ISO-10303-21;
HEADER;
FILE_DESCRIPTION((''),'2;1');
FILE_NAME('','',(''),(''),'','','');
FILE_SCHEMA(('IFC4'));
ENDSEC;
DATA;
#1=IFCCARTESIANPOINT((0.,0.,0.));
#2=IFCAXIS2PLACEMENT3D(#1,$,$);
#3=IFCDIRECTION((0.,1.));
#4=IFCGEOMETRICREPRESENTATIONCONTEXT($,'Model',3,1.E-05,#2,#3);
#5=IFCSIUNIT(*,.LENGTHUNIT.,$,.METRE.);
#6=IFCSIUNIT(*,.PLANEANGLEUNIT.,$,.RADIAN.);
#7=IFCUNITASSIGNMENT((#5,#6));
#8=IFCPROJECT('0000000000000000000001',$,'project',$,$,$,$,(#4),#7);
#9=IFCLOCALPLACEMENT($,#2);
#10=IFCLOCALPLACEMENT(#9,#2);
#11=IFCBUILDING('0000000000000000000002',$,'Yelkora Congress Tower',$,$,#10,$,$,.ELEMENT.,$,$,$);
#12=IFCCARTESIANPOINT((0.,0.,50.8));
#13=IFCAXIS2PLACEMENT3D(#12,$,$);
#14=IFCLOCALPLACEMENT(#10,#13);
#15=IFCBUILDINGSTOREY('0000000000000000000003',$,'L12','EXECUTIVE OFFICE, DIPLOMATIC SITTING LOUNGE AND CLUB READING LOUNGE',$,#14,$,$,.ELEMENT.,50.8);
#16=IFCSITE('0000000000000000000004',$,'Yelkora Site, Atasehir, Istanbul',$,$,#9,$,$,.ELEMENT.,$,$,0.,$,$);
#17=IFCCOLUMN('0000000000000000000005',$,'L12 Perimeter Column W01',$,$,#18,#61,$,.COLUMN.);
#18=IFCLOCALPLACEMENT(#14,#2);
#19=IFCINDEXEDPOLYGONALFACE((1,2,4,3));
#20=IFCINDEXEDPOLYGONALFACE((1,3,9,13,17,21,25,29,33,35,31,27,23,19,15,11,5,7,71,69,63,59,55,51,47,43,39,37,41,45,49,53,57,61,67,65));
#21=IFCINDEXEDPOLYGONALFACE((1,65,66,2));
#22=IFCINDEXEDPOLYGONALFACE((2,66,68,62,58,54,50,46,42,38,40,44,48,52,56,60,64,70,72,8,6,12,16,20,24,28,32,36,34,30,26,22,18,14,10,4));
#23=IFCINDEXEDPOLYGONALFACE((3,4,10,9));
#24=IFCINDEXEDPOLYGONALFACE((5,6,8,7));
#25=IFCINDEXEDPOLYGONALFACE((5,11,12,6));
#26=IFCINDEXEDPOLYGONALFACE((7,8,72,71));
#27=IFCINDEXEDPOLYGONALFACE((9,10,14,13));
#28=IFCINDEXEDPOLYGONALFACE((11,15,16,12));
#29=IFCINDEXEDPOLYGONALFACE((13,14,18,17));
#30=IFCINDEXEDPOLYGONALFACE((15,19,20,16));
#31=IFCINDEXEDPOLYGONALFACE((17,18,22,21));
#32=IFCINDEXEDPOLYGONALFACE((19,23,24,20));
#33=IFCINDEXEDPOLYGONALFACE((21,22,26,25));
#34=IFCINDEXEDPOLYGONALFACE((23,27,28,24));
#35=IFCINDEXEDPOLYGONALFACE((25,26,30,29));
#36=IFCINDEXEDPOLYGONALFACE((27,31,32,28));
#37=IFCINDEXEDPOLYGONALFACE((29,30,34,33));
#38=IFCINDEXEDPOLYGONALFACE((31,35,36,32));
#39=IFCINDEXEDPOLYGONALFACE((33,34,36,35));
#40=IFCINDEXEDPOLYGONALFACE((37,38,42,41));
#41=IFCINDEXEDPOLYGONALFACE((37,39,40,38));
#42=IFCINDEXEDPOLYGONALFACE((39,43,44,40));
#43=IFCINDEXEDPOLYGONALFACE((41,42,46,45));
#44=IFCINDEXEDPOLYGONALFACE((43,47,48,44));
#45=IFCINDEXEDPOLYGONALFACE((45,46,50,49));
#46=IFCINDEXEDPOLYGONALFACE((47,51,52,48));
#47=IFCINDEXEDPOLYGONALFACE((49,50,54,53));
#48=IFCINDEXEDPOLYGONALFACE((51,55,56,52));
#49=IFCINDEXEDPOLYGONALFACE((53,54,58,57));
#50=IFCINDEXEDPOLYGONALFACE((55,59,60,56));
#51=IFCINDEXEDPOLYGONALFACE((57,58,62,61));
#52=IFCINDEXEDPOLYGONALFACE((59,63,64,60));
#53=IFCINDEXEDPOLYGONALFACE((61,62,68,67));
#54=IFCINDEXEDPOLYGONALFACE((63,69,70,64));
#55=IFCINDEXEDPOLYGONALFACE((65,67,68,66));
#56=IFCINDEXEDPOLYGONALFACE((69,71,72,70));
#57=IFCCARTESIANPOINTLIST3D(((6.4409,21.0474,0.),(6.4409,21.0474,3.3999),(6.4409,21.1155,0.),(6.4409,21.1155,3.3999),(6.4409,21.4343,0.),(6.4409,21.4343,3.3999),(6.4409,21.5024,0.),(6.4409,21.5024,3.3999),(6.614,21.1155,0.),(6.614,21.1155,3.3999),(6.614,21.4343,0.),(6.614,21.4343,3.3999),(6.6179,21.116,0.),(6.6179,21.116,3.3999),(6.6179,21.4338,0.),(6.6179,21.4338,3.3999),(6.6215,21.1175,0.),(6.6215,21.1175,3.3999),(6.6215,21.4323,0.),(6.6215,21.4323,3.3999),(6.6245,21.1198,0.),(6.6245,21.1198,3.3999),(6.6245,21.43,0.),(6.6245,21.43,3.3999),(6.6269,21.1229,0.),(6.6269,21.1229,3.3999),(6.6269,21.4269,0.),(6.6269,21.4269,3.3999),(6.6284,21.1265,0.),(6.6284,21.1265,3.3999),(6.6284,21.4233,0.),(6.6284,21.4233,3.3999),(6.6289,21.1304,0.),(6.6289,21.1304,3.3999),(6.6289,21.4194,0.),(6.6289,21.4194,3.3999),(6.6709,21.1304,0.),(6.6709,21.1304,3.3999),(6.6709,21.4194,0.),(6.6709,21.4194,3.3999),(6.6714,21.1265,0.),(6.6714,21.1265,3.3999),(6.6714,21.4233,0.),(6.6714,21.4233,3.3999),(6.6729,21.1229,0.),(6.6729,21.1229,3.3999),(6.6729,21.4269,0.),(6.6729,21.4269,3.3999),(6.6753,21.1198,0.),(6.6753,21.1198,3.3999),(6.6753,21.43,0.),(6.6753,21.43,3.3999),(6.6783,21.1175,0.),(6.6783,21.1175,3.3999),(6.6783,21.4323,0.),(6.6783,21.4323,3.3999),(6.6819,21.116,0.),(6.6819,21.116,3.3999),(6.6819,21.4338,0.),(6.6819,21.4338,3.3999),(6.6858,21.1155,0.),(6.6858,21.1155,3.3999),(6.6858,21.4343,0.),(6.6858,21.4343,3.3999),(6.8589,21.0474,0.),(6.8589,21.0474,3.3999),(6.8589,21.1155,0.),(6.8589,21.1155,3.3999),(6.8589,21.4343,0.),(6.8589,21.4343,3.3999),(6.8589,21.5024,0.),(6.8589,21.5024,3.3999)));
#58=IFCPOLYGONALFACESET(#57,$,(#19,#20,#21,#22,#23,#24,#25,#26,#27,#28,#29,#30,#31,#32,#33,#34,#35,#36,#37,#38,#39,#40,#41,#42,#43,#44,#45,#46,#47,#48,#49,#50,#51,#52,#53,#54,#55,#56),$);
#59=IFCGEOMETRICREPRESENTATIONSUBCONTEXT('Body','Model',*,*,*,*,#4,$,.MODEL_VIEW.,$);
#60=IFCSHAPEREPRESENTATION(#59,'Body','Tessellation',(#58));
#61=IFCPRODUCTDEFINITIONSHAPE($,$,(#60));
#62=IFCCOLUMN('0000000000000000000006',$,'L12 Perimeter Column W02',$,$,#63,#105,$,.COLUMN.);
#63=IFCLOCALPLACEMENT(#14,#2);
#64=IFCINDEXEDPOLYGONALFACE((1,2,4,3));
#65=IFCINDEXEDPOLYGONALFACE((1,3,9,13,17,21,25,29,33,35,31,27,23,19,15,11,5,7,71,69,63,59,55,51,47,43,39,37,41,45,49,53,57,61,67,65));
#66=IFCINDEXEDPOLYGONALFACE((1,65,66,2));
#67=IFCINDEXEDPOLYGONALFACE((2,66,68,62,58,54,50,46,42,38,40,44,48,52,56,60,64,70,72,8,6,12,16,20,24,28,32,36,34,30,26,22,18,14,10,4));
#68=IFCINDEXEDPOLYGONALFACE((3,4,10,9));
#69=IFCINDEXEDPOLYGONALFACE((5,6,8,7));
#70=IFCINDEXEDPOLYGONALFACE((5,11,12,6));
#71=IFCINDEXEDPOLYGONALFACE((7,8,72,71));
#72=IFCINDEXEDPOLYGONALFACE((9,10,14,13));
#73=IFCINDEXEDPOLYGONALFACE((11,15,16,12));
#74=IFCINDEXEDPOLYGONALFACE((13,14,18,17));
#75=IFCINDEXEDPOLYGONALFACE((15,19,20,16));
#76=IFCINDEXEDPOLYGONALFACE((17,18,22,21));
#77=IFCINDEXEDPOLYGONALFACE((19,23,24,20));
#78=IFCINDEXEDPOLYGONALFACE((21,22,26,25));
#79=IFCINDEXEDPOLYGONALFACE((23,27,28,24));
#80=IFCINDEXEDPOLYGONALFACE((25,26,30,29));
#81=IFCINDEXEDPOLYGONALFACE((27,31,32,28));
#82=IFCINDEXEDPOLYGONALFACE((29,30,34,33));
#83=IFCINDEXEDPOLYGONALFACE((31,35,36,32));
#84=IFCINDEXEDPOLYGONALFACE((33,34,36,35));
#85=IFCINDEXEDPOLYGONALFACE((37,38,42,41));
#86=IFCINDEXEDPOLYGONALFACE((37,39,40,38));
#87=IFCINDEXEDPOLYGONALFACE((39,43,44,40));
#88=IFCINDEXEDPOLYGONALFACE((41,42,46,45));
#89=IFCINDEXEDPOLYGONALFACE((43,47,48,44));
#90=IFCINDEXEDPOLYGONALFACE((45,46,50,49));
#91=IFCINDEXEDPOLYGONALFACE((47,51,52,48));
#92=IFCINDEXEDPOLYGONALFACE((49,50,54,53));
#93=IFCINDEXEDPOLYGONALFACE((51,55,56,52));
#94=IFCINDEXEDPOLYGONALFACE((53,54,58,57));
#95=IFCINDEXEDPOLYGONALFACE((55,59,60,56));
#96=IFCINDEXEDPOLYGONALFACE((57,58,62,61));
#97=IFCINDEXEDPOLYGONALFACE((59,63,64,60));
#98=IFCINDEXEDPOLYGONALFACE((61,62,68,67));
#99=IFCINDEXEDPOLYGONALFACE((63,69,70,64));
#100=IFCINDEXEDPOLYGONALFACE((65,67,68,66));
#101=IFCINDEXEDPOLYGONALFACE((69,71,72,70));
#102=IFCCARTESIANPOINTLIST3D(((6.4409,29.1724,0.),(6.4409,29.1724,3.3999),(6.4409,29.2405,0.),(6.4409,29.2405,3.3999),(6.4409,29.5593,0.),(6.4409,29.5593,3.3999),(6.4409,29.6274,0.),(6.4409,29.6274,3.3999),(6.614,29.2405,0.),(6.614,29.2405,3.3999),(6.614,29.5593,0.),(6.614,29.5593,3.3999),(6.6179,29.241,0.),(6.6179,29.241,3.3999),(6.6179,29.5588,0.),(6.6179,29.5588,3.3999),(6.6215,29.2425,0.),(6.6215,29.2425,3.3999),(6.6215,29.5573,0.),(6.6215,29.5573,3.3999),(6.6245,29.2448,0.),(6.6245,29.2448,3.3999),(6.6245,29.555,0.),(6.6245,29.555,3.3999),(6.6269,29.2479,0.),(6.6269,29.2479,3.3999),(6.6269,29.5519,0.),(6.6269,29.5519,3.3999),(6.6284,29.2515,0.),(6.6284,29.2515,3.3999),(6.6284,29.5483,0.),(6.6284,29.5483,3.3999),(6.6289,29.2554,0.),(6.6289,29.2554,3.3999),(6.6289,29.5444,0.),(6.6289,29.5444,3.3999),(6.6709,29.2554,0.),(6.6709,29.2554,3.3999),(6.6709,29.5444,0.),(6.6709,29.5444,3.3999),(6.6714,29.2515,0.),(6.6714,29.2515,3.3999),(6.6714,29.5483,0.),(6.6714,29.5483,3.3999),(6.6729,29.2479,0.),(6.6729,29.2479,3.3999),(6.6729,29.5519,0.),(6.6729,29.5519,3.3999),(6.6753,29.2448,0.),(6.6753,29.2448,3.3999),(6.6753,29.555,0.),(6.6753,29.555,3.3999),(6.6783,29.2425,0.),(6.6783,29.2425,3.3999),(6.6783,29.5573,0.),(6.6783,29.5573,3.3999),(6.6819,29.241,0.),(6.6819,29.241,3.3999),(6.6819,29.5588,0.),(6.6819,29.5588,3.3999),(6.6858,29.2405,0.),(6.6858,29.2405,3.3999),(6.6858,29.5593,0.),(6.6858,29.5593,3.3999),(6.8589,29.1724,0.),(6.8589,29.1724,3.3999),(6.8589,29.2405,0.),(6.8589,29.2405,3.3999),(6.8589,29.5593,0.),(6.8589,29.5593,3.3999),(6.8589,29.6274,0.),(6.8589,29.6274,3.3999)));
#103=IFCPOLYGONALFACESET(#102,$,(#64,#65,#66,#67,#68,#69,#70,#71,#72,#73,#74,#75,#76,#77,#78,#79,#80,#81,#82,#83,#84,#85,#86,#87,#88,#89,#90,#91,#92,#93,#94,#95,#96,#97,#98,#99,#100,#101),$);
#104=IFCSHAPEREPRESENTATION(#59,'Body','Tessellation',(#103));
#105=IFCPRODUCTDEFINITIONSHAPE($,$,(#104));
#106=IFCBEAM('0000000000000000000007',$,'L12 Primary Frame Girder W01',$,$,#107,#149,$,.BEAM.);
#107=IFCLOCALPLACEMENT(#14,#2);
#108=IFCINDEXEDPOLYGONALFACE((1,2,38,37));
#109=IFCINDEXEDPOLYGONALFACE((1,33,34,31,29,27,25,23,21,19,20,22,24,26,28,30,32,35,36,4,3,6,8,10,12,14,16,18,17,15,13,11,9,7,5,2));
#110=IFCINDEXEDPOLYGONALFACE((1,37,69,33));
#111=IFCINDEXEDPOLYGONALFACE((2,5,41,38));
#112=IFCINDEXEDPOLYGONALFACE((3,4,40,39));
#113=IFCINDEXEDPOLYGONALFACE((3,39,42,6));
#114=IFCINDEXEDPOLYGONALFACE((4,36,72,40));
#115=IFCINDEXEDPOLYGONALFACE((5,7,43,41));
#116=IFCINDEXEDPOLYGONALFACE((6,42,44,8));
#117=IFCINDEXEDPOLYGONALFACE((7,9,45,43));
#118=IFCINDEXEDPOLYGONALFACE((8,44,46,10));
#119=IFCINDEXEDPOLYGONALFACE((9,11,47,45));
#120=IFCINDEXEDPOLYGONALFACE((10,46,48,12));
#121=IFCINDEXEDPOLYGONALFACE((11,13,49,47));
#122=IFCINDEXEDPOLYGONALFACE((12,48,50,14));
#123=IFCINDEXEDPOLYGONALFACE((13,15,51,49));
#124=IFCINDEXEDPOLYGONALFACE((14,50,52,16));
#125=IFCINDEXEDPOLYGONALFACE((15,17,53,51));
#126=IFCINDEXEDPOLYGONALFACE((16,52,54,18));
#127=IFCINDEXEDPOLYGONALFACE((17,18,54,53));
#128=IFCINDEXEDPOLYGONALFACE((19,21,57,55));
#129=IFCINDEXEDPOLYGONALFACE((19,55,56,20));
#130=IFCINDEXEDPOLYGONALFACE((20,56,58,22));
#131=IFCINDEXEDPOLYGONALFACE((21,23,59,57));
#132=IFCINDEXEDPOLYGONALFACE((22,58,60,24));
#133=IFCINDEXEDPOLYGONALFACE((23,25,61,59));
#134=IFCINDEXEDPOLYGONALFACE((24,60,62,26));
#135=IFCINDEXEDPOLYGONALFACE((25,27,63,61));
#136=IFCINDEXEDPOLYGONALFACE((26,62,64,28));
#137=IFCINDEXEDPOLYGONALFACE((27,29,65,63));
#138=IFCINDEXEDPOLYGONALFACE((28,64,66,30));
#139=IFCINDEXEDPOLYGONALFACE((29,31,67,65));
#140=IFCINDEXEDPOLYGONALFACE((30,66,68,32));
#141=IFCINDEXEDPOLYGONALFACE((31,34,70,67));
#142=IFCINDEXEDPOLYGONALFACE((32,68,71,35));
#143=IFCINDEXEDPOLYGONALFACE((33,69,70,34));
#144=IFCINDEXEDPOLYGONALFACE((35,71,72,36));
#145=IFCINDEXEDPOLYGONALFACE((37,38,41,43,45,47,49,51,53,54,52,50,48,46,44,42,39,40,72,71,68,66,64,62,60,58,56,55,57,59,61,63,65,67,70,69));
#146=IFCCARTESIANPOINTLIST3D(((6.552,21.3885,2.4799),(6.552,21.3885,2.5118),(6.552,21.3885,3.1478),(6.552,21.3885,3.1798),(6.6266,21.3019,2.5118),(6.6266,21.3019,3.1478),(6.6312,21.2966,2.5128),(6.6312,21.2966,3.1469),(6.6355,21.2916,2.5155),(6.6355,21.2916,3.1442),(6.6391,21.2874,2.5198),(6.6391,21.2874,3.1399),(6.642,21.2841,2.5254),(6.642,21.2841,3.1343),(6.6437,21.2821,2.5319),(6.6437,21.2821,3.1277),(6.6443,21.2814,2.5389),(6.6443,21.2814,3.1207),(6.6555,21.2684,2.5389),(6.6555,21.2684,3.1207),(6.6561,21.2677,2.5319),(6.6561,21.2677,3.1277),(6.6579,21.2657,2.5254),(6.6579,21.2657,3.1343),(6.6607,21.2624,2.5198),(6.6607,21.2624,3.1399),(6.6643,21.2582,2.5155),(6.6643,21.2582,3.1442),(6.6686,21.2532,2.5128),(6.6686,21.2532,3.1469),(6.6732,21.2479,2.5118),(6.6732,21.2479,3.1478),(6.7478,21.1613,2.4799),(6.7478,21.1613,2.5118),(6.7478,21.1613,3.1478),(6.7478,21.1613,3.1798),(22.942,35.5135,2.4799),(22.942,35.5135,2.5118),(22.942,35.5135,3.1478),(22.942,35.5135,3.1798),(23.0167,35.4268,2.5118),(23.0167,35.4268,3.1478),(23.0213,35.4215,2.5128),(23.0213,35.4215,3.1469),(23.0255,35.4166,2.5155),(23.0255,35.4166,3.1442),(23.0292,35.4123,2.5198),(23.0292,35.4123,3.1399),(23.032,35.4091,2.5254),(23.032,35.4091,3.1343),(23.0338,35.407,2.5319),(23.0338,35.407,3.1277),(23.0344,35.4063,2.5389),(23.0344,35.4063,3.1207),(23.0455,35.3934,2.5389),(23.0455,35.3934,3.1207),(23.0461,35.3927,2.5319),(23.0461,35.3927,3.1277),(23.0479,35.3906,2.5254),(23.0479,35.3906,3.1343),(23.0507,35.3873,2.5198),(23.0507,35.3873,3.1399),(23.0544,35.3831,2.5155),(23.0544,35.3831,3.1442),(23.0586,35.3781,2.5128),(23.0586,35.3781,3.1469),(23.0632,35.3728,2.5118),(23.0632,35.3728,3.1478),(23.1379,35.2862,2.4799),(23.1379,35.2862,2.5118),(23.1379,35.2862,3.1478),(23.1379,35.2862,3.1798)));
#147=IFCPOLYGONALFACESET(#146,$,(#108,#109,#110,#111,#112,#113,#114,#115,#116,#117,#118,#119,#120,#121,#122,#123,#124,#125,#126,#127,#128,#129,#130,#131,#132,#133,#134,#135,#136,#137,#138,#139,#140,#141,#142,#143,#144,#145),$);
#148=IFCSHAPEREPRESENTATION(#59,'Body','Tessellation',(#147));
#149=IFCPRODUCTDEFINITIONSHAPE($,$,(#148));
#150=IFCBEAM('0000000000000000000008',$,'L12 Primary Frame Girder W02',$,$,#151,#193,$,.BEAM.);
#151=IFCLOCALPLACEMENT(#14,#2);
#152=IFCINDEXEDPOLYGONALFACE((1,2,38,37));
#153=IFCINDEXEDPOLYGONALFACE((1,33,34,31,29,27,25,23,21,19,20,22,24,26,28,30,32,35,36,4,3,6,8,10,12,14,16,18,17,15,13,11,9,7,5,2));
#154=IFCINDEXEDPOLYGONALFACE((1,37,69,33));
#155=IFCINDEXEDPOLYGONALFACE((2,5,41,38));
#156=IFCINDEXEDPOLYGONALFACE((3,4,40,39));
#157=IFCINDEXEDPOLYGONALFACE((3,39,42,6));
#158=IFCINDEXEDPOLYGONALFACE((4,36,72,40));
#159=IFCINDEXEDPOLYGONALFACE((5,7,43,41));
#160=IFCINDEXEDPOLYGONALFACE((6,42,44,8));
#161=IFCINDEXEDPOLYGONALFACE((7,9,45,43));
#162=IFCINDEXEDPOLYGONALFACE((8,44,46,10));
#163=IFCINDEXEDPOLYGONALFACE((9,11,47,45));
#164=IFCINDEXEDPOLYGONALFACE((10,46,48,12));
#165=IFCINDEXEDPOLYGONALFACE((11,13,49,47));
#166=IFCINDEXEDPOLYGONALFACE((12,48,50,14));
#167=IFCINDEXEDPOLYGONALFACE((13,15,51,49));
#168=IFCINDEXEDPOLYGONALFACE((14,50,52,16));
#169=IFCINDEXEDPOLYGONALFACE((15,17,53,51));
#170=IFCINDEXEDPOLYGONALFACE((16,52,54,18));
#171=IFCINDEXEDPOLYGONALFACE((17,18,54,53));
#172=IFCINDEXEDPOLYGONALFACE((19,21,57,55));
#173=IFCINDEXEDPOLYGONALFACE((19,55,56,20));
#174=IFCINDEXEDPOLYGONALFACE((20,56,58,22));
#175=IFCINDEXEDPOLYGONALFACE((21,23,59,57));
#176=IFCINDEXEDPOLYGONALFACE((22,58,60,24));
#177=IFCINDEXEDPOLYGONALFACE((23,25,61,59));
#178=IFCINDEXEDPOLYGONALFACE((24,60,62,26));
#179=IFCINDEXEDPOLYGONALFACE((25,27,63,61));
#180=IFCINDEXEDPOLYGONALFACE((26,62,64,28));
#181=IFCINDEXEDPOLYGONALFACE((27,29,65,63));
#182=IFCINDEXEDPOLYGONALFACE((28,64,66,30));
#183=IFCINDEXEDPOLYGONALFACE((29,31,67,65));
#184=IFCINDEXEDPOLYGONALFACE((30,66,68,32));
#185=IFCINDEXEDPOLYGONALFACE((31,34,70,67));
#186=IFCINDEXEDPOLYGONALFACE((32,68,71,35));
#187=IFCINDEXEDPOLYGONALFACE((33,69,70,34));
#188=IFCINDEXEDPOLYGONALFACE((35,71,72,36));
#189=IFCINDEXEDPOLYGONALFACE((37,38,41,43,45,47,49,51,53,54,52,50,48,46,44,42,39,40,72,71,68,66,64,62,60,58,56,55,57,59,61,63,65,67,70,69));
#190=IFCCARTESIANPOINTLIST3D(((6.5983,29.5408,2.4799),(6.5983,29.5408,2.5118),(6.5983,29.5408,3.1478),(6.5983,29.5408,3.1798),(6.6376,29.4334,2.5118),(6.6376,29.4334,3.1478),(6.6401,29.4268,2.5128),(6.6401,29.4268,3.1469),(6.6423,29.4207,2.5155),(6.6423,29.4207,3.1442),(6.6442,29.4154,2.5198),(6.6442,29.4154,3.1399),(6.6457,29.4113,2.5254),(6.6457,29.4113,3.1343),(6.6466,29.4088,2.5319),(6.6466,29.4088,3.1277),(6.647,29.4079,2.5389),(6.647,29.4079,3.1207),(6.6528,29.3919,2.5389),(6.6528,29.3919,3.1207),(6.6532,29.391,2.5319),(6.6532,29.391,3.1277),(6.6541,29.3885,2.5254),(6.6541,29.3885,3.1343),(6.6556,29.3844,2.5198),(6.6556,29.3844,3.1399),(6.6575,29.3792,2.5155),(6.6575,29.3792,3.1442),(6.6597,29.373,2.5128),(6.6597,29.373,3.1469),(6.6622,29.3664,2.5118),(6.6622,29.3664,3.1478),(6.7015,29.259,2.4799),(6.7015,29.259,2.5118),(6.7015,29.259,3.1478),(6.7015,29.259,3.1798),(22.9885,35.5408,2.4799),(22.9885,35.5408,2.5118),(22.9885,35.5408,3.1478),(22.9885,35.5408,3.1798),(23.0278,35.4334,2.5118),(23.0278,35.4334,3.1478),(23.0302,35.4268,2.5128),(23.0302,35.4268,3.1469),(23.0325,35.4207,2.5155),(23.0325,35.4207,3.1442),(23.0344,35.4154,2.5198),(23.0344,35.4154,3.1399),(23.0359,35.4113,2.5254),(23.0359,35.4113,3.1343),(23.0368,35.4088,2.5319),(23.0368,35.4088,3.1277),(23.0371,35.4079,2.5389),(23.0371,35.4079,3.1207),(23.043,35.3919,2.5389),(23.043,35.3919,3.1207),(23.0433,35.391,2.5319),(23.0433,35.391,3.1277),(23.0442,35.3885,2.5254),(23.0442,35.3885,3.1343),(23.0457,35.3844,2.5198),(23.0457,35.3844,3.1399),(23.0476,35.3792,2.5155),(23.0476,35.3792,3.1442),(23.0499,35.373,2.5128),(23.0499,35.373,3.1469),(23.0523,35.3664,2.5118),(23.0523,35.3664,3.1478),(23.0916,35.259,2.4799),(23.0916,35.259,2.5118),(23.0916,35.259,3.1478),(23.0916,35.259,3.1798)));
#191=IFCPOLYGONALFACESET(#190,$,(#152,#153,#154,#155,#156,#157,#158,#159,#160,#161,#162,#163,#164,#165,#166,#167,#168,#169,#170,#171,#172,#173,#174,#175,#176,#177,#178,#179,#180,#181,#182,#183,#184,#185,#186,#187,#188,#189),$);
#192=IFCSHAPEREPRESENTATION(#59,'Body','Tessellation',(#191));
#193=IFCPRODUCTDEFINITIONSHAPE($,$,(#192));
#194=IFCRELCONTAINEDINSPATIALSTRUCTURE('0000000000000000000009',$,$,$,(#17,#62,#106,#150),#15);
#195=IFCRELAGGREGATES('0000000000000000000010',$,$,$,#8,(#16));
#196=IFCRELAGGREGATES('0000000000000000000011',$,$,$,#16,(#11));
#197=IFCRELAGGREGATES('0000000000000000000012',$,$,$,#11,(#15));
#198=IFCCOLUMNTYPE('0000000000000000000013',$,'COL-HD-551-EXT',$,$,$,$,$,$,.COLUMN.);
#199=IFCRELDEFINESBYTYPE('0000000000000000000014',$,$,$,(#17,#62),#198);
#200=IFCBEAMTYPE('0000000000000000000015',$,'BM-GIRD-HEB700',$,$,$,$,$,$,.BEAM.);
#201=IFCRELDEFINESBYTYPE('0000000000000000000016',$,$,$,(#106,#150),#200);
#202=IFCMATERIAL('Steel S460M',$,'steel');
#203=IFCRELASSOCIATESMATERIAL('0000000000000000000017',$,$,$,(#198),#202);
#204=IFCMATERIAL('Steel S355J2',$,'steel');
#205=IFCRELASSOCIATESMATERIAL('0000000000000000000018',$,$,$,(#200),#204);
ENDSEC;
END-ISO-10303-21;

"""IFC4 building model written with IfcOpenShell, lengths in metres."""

from ifc_helpers import new_model, si_unit, direction, frame, origin, origin_2d, place, context, subcontext, project, spatial, i_section, extrude, material, material_profile, profile_set, type_object, element, save


model = new_model("IFC4")

# Units and contexts
model_context = context("Model", 3, precision=1e-05, world=origin(), true_north=direction((0.0, 1.0)))
body_context = subcontext(model_context, "Body", "Model", "MODEL_VIEW")
ifc_project = project(units=[si_unit("LENGTHUNIT", "METRE"), si_unit("PLANEANGLEUNIT", "RADIAN")], contexts=[model_context])

# Site, building, storey
site_placement = place(None, origin())
site = spatial("IfcSite", under=ifc_project, at=site_placement, Name="Yelkora Site, Atasehir, Istanbul", CompositionType="ELEMENT", RefElevation=0.0)
building_placement = place(site_placement, origin())
building = spatial("IfcBuilding", under=site, at=building_placement, Name="Yelkora Congress Tower", CompositionType="ELEMENT")
storey_placement = place(building_placement, frame((0.0, 0.0, 50.8)))
storey = spatial("IfcBuildingStorey", under=building, at=storey_placement, Name="L12", Description="EXECUTIVE OFFICE, DIPLOMATIC SITTING LOUNGE AND CLUB READING LOUNGE", CompositionType="ELEMENT", Elevation=50.8)

# Columns
ifc_material_1 = material(Name="Steel S460M", Category="steel")
ifc_material_profile_1 = material_profile(ifc_material_1, i_section(OverallWidth=0.418, OverallDepth=0.4551, WebThickness=0.042, FlangeThickness=0.0681, FilletRadius=0.0149, at=origin_2d()), Name="HD 400x551")
ifc_profile_set_1 = profile_set([ifc_material_profile_1], Name="Steel S460M")
column_type = type_object("IfcColumnType", Name="COL-HD-551-EXT", PredefinedType="COLUMN", material=ifc_profile_set_1)
for number, where, z_axis, x_axis, name in (
    (1, (6.6499, 21.2749, 0.0), (0.0, 0.0, 1.0), (1.0, 0.0, 0.0), "L12 Perimeter Column W01"),
    (2, (6.6499, 29.3999, 0.0), (0.0, 0.0, 1.0), (1.0, 0.0, 0.0), "L12 Perimeter Column W02"),
):
    element("IfcColumn", number, at=place(storey_placement, frame(where, z_axis=z_axis, x_axis=x_axis)), inside=storey, type_object=column_type, Name=name, PredefinedType="COLUMN", context=body_context, shape_type="SweptSolid", body=[
        extrude(i_section(OverallWidth=0.418, OverallDepth=0.4551, WebThickness=0.042, FlangeThickness=0.0681, FilletRadius=0.0149, at=origin_2d()), origin(), (0.0, 0.0, 1.0), 3.3999),
    ])

# Beams
ifc_material_2 = material(Name="Steel S355J2", Category="steel")
ifc_material_profile_2 = material_profile(ifc_material_2, i_section(OverallWidth=0.3, OverallDepth=0.7, WebThickness=0.0171, FlangeThickness=0.032, FilletRadius=0.0271, at=origin_2d()), Name="HEB 700")
ifc_profile_set_2 = profile_set([ifc_material_profile_2], Name="Steel S355J2")
beam_type_1 = type_object("IfcBeamType", Name="BM-GIRD-HEB700", PredefinedType="BEAM", material=ifc_profile_set_2)
beam_1_placement = place(storey_placement, frame((6.6499, 21.2749, 2.8298), z_axis=(0.757511, 0.652822, 0.0), x_axis=(-0.652822, 0.757511, 0.0)))
element("IfcBeam", 3, at=beam_1_placement, inside=storey, type_object=beam_type_1, Name="L12 Primary Frame Girder W01", PredefinedType="BEAM", context=body_context, shape_type="SweptSolid", body=[
    extrude(i_section(OverallWidth=0.3, OverallDepth=0.7, WebThickness=0.0171, FlangeThickness=0.032, FilletRadius=0.0271, at=origin_2d()), origin(), (0.0, 0.0, 1.0), 21.6367),
])
beam_2_placement = place(storey_placement, frame((6.6499, 29.3999, 2.8298), z_axis=(0.939056, 0.343764, 0.0), x_axis=(-0.343764, 0.939056, 0.0)))
element("IfcBeam", 4, at=beam_2_placement, inside=storey, type_object=beam_type_1, Name="L12 Primary Frame Girder W02", PredefinedType="BEAM", context=body_context, shape_type="SweptSolid", body=[
    extrude(i_section(OverallWidth=0.3, OverallDepth=0.7, WebThickness=0.0171, FlangeThickness=0.032, FilletRadius=0.0271, at=origin_2d()), origin(), (0.0, 0.0, 1.0), 17.4539),
])

save(model, "model.ifc")
